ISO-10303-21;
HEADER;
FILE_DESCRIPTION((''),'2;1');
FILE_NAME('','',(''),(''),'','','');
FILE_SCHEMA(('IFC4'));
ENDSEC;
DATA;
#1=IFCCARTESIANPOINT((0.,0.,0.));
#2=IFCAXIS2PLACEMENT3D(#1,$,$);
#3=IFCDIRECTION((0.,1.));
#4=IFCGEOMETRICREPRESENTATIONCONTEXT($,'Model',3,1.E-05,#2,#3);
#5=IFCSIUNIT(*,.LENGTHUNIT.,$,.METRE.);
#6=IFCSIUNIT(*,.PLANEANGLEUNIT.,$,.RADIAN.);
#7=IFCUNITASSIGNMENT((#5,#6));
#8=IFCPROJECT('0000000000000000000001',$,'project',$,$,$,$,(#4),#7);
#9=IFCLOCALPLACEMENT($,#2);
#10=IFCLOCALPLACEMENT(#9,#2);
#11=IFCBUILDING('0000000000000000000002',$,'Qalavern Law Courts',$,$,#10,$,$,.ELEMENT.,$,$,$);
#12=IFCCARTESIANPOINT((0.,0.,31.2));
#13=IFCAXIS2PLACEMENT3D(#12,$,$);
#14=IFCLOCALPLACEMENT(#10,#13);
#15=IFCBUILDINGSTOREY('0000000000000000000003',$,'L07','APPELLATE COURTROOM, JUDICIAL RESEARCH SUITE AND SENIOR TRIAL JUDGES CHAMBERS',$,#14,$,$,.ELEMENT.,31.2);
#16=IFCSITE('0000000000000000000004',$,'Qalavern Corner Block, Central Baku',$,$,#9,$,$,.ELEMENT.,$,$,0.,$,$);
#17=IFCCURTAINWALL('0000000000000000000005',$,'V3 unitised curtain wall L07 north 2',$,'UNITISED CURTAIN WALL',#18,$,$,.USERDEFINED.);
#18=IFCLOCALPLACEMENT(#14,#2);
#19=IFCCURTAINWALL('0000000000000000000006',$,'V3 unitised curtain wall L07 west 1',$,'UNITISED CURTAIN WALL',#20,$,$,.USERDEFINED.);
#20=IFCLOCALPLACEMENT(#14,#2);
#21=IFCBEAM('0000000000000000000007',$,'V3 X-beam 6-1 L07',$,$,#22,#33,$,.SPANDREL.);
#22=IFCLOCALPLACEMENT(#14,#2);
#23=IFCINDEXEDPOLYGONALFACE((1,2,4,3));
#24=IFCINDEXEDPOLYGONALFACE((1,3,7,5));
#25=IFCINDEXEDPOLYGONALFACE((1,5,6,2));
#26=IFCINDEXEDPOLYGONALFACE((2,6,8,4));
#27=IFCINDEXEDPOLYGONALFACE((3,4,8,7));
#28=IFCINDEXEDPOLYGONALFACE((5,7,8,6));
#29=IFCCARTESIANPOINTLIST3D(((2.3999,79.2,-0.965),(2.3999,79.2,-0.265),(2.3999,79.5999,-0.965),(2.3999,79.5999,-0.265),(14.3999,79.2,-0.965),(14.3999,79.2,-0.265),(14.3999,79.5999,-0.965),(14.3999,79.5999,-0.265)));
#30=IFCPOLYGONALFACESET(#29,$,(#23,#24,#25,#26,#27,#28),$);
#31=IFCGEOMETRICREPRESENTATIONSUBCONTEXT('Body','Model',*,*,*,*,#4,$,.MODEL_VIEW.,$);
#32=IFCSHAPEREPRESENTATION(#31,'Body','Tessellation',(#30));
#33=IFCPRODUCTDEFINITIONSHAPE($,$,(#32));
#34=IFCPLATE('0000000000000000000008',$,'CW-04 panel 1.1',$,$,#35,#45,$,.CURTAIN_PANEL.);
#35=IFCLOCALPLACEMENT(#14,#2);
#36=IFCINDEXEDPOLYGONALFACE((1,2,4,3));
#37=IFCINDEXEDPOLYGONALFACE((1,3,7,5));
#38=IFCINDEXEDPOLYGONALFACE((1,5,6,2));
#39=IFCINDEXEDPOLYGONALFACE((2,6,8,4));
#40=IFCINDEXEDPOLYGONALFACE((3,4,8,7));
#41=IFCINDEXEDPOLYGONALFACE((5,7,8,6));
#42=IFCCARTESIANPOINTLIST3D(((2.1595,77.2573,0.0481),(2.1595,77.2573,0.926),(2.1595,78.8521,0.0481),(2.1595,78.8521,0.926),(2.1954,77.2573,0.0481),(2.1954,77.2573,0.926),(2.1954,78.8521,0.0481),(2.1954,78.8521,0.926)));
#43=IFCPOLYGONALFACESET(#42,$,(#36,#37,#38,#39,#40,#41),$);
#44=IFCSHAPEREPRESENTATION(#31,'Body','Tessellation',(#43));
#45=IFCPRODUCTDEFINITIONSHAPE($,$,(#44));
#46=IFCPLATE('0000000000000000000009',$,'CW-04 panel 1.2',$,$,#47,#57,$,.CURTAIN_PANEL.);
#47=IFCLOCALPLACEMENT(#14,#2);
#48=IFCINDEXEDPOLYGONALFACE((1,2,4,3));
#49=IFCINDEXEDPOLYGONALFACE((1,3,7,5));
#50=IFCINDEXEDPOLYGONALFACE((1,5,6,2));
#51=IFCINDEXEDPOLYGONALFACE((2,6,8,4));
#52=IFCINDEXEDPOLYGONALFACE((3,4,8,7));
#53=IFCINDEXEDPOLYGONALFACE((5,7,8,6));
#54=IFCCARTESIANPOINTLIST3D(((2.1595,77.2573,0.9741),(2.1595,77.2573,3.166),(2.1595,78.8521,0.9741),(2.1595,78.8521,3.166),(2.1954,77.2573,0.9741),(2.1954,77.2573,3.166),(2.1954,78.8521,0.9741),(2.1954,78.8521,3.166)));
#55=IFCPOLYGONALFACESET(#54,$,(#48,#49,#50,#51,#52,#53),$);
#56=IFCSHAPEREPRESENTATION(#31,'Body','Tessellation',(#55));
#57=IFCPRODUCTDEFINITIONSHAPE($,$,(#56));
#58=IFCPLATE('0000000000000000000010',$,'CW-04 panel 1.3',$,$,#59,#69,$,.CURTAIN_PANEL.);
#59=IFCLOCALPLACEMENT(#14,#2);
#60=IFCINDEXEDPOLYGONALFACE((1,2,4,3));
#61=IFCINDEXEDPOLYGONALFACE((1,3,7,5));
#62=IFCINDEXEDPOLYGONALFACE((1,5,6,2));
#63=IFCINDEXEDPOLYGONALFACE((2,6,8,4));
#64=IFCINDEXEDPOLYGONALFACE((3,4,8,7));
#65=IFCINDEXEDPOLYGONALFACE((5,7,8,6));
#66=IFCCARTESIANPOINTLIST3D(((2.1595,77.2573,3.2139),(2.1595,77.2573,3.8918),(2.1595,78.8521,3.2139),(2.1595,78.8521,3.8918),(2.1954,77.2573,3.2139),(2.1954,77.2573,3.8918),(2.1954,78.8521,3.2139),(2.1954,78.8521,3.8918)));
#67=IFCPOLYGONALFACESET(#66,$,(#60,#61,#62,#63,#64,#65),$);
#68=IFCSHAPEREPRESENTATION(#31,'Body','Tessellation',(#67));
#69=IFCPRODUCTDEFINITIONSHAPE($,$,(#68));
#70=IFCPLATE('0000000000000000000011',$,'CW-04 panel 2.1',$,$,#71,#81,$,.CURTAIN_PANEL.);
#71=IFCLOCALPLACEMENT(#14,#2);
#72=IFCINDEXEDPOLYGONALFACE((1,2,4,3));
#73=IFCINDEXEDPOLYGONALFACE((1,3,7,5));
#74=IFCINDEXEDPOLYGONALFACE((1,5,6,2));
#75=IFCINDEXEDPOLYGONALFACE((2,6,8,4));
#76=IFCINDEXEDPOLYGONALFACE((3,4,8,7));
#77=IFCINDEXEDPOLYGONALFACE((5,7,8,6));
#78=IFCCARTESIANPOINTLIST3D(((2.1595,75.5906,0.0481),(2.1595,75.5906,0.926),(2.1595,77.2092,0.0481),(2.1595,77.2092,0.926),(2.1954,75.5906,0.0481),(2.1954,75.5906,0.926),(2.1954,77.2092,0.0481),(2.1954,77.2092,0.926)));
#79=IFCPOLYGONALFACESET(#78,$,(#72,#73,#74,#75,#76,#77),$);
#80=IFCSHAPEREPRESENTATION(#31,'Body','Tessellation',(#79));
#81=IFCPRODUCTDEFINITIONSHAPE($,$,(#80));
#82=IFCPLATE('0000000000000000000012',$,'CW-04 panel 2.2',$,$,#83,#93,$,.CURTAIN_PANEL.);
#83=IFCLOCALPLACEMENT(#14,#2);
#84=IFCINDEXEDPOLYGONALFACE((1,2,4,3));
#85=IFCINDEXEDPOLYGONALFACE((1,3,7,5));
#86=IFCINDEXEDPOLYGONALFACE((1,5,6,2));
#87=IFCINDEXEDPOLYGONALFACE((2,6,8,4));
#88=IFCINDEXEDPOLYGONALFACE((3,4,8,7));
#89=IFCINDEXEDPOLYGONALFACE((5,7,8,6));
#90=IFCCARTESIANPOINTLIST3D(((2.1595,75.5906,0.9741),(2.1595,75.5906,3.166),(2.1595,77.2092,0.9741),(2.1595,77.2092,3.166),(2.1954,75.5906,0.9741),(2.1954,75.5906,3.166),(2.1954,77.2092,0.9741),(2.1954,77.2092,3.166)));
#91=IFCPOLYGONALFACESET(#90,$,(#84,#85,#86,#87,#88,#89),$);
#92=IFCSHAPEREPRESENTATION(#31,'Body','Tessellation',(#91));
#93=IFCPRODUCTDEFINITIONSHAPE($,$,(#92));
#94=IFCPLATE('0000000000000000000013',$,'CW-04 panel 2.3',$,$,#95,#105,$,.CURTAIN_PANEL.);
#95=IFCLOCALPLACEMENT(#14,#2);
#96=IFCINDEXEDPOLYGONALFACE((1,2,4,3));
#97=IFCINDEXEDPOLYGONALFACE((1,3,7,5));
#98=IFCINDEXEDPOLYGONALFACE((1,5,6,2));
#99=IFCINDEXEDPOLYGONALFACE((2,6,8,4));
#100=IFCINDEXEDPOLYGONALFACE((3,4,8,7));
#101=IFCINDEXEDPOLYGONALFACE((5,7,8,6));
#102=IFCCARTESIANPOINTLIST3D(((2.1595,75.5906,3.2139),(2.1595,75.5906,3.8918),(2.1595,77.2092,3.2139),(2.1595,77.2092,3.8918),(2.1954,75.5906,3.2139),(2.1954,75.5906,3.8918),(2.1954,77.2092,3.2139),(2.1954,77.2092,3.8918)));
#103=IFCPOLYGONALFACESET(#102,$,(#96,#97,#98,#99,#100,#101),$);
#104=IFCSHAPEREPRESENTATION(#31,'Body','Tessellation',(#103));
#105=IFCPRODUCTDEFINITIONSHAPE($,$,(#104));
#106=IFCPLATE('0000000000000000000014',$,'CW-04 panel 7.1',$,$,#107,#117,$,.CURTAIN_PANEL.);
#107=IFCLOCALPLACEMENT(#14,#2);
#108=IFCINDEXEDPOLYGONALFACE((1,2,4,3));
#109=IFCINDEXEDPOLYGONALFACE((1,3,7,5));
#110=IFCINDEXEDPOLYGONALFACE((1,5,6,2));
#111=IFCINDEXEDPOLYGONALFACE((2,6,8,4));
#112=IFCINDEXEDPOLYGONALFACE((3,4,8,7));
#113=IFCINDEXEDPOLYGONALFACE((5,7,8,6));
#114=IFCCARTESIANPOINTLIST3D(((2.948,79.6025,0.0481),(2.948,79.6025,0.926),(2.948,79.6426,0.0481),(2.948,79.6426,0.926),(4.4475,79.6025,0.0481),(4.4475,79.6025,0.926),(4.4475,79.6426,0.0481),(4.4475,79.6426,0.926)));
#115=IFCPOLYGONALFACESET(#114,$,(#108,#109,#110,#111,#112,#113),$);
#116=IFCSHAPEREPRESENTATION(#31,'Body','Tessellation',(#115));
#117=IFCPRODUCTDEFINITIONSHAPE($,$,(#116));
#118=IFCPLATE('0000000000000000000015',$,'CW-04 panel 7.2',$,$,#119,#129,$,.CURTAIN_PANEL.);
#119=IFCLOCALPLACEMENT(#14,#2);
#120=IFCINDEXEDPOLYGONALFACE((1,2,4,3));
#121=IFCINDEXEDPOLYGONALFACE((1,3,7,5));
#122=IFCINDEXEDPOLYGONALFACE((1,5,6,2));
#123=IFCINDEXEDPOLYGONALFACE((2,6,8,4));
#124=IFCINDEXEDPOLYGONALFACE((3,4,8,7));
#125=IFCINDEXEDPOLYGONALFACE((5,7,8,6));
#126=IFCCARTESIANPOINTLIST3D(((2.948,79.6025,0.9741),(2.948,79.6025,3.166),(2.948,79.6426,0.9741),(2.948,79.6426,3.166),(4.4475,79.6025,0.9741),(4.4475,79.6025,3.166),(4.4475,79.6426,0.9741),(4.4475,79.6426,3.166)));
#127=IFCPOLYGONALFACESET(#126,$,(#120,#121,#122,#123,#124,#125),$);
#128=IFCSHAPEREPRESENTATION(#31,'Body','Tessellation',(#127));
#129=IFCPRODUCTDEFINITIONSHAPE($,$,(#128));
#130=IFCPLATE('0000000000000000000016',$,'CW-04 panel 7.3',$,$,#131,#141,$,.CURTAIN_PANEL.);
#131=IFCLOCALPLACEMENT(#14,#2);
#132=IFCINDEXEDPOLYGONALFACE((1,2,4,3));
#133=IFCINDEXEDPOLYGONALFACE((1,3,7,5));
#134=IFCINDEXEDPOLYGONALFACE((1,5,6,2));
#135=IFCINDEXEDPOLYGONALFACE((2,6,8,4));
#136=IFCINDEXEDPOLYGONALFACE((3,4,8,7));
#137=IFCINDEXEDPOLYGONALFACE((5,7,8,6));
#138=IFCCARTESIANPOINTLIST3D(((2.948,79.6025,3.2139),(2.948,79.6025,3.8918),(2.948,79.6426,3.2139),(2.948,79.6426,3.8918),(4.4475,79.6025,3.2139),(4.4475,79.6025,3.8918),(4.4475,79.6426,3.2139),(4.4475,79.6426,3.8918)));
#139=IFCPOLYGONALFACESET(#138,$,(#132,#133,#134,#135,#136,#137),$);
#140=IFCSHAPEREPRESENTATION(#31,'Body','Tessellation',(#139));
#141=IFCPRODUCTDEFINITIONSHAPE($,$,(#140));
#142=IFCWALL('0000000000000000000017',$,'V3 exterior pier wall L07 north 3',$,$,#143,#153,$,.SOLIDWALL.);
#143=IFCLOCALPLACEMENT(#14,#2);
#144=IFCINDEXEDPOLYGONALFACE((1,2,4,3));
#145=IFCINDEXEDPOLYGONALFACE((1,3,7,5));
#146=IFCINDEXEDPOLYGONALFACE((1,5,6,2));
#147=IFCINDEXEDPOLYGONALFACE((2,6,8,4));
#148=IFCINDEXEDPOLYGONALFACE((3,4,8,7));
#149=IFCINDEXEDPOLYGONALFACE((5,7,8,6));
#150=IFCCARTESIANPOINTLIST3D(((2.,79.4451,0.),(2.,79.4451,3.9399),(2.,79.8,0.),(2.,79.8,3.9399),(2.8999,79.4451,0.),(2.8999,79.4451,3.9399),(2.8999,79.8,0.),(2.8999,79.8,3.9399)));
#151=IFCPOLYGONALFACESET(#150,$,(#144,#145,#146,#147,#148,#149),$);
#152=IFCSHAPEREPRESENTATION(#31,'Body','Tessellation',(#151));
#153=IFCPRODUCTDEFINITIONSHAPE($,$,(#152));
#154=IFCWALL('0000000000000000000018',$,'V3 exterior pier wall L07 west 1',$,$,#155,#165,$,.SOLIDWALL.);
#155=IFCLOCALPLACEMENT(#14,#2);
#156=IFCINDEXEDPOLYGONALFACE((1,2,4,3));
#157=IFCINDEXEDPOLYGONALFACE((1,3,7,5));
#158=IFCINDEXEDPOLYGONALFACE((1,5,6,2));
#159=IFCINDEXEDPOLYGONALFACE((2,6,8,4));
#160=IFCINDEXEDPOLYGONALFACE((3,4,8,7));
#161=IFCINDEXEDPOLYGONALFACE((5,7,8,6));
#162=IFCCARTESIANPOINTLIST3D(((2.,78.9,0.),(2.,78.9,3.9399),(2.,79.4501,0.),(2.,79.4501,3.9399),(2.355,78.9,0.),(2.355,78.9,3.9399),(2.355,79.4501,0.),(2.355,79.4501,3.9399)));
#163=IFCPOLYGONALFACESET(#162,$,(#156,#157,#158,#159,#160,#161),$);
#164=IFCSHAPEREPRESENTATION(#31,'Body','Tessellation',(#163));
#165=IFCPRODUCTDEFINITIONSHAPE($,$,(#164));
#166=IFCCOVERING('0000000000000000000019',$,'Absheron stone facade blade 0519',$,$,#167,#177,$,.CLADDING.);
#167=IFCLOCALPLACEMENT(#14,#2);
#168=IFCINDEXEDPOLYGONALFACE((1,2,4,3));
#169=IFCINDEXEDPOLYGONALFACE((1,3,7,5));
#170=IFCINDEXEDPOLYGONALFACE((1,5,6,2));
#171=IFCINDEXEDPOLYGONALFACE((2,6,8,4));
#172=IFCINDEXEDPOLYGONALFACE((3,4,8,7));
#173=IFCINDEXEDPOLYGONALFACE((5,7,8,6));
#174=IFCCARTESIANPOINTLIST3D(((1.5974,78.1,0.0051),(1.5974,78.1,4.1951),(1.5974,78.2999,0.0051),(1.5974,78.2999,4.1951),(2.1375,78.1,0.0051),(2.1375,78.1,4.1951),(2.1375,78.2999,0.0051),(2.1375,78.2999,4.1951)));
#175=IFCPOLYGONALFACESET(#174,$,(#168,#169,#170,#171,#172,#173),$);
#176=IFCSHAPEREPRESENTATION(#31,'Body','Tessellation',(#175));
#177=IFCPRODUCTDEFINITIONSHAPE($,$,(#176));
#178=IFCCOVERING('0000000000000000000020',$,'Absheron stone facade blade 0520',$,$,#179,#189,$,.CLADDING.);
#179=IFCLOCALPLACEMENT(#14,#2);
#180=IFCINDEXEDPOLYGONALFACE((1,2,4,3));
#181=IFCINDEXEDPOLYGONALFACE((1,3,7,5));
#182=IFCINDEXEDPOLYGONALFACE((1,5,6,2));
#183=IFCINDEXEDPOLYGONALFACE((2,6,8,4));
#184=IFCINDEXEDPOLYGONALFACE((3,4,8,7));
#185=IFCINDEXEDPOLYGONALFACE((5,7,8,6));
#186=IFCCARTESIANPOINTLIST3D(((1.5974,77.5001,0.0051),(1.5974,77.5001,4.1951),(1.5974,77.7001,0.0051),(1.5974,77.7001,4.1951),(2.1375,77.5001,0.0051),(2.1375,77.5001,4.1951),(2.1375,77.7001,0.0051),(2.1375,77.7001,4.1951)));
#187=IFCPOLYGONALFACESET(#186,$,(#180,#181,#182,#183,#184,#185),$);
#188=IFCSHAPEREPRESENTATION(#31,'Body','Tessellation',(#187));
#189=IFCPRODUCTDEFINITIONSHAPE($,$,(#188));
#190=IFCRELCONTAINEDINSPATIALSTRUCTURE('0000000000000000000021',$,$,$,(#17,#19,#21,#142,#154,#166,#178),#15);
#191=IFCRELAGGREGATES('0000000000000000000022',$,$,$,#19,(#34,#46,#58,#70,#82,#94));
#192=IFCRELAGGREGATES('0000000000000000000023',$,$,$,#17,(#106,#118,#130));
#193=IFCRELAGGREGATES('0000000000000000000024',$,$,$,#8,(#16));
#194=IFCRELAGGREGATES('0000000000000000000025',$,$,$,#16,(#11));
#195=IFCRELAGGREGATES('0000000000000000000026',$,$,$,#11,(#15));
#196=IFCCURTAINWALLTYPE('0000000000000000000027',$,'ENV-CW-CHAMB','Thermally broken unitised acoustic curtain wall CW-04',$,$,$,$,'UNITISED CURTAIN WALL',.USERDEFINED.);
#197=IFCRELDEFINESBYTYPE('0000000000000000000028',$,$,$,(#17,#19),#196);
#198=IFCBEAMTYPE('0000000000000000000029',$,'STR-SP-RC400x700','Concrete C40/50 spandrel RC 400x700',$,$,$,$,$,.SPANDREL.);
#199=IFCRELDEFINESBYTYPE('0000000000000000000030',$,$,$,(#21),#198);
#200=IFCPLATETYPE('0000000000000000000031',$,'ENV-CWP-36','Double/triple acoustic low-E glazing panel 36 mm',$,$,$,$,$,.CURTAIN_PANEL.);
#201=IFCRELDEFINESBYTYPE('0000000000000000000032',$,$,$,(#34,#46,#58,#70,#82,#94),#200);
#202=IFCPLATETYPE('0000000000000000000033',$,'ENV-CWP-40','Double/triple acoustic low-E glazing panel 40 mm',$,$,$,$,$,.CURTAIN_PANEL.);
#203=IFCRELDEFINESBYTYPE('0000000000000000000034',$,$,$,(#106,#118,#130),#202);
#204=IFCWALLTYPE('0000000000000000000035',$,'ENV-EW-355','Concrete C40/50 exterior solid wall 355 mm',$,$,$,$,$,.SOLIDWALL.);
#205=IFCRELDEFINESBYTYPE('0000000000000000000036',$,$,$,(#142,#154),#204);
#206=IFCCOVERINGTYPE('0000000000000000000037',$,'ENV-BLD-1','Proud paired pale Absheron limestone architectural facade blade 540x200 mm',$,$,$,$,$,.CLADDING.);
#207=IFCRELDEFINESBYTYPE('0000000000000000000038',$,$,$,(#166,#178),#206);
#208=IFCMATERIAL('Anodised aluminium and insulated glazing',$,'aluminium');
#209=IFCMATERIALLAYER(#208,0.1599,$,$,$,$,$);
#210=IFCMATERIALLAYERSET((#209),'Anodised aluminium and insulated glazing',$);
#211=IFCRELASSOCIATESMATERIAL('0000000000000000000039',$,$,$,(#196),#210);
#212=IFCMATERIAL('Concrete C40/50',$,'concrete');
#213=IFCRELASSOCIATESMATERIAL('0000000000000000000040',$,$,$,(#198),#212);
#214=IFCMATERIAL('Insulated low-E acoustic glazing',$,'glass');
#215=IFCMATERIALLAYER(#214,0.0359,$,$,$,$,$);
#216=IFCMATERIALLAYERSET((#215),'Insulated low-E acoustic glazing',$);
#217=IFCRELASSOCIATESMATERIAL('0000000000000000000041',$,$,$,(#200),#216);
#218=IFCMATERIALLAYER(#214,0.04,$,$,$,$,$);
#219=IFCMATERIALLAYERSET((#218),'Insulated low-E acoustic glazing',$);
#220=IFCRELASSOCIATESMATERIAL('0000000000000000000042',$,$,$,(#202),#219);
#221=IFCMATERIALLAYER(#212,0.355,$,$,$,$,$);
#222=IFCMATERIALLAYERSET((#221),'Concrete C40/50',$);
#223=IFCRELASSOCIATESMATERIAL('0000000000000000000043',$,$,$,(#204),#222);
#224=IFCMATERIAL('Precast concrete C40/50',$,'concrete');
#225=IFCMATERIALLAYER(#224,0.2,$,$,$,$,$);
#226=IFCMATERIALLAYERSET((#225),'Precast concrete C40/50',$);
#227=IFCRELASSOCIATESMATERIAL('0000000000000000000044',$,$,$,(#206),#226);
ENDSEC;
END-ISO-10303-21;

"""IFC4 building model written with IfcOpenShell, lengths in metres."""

from ifc_helpers import new_model, si_unit, direction, frame, frame_2d, origin, origin_2d, place, context, subcontext, project, spatial, rectangle, extrude, material, layer, layer_set, material_profile, profile_set, type_object, element, aggregate, save


model = new_model("IFC4")

# Units and contexts
model_context = context("Model", 3, precision=1e-05, world=origin(), true_north=direction((0.0, 1.0)))
body_context = subcontext(model_context, "Body", "Model", "MODEL_VIEW")
ifc_project = project(units=[si_unit("LENGTHUNIT", "METRE"), si_unit("PLANEANGLEUNIT", "RADIAN")], contexts=[model_context])

# Site, building, storey
site_placement = place(None, origin())
site = spatial("IfcSite", under=ifc_project, at=site_placement, Name="Qalavern Corner Block, Central Baku", CompositionType="ELEMENT", RefElevation=0.0)
building_placement = place(site_placement, origin())
building = spatial("IfcBuilding", under=site, at=building_placement, Name="Qalavern Law Courts", CompositionType="ELEMENT")
storey_placement = place(building_placement, frame((0.0, 0.0, 31.2)))
storey = spatial("IfcBuildingStorey", under=building, at=storey_placement, Name="L07", Description="APPELLATE COURTROOM, JUDICIAL RESEARCH SUITE AND SENIOR TRIAL JUDGES CHAMBERS", CompositionType="ELEMENT", Elevation=31.2)

# Curtain wall
ifc_material_1 = material(Name="Anodised aluminium and insulated glazing", Category="aluminium")
ifc_layer_1 = layer(ifc_material_1, 0.1599)
ifc_layer_set_1 = layer_set([ifc_layer_1], Name="Anodised aluminium and insulated glazing")
curtain_wall_type = type_object("IfcCurtainWallType", Name="ENV-CW-CHAMB", Description="Thermally broken unitised acoustic curtain wall CW-04", ElementType="UNITISED CURTAIN WALL", PredefinedType="USERDEFINED", material=ifc_layer_set_1)
curtain_wall_1_placement = place(storey_placement, origin())
curtain_wall_1 = element("IfcCurtainWall", 1, at=curtain_wall_1_placement, inside=storey, type_object=curtain_wall_type, Name="V3 unitised curtain wall L07 north 2", ObjectType="UNITISED CURTAIN WALL", PredefinedType="USERDEFINED")

# Curtain wall
curtain_wall_2_placement = place(storey_placement, origin())
curtain_wall_2 = element("IfcCurtainWall", 2, at=curtain_wall_2_placement, inside=storey, type_object=curtain_wall_type, Name="V3 unitised curtain wall L07 west 1", ObjectType="UNITISED CURTAIN WALL", PredefinedType="USERDEFINED")

# Beam
ifc_material_2 = material(Name="Concrete C40/50", Category="concrete")
ifc_material_profile_1 = material_profile(ifc_material_2, rectangle(XDim=0.3999, YDim=0.7, at=origin_2d()), Name="RC 400x700")
ifc_profile_set_1 = profile_set([ifc_material_profile_1], Name="Concrete C40/50")
beam_type_1 = type_object("IfcBeamType", Name="STR-SP-RC400x700", Description="Concrete C40/50 spandrel RC 400x700", PredefinedType="SPANDREL", material=ifc_profile_set_1)
beam_1_placement = place(storey_placement, frame((2.3999, 79.3999, -0.615), z_axis=(1.0, 0.0, 0.0), x_axis=(0.0, 1.0, 0.0)))
element("IfcBeam", 3, at=beam_1_placement, inside=storey, type_object=beam_type_1, Name="V3 X-beam 6-1 L07", PredefinedType="SPANDREL", context=body_context, shape_type="SweptSolid", body=[
    extrude(rectangle(XDim=0.3999, YDim=0.7, at=origin_2d()), origin(), (0.0, 0.0, 1.0), 12.0),
])

# Plates
ifc_material_3 = material(Name="Insulated low-E acoustic glazing", Category="glass")
ifc_layer_2 = layer(ifc_material_3, 0.0359)
ifc_layer_set_2 = layer_set([ifc_layer_2], Name="Insulated low-E acoustic glazing")
plate_type_1 = type_object("IfcPlateType", Name="ENV-CWP-36", Description="Double/triple acoustic low-E glazing panel 36 mm", PredefinedType="CURTAIN_PANEL", material=ifc_layer_set_2)
plate_1_placement = place(storey_placement, frame((2.1775, 78.0547, 0.0481), z_axis=(0.0, 0.0, 1.0), x_axis=(0.0, -1.0, 0.0)))
plate_1 = element("IfcPlate", 4, at=plate_1_placement, type_object=plate_type_1, Name="CW-04 panel 1.1", PredefinedType="CURTAIN_PANEL", context=body_context, shape_type="SweptSolid", body=[
    extrude(rectangle(XDim=1.5947, YDim=0.0359, at=origin_2d()), origin(), (0.0, 0.0, 1.0), 0.8779),
])
plate_2_placement = place(storey_placement, frame((2.1775, 78.0547, 0.9741), z_axis=(0.0, 0.0, 1.0), x_axis=(0.0, -1.0, 0.0)))
plate_2 = element("IfcPlate", 5, at=plate_2_placement, type_object=plate_type_1, Name="CW-04 panel 1.2", PredefinedType="CURTAIN_PANEL", context=body_context, shape_type="SweptSolid", body=[
    extrude(rectangle(XDim=1.5947, YDim=0.0359, at=origin_2d()), origin(), (0.0, 0.0, 1.0), 2.1919),
])
plate_3_placement = place(storey_placement, frame((2.1775, 78.0547, 3.2139), z_axis=(0.0, 0.0, 1.0), x_axis=(0.0, -1.0, 0.0)))
plate_3 = element("IfcPlate", 6, at=plate_3_placement, type_object=plate_type_1, Name="CW-04 panel 1.3", PredefinedType="CURTAIN_PANEL", context=body_context, shape_type="SweptSolid", body=[
    extrude(rectangle(XDim=1.5947, YDim=0.0359, at=origin_2d()), origin(), (0.0, 0.0, 1.0), 0.678),
])
plate_4_placement = place(storey_placement, frame((2.1775, 76.3999, 0.0481), z_axis=(0.0, 0.0, 1.0), x_axis=(0.0, -1.0, 0.0)))
plate_4 = element("IfcPlate", 7, at=plate_4_placement, type_object=plate_type_1, Name="CW-04 panel 2.1", PredefinedType="CURTAIN_PANEL", context=body_context, shape_type="SweptSolid", body=[
    extrude(rectangle(XDim=1.6187, YDim=0.0359, at=origin_2d()), origin(), (0.0, 0.0, 1.0), 0.8779),
])
plate_5_placement = place(storey_placement, frame((2.1775, 76.3999, 0.9741), z_axis=(0.0, 0.0, 1.0), x_axis=(0.0, -1.0, 0.0)))
plate_5 = element("IfcPlate", 8, at=plate_5_placement, type_object=plate_type_1, Name="CW-04 panel 2.2", PredefinedType="CURTAIN_PANEL", context=body_context, shape_type="SweptSolid", body=[
    extrude(rectangle(XDim=1.6187, YDim=0.0359, at=origin_2d()), origin(), (0.0, 0.0, 1.0), 2.1919),
])
plate_6_placement = place(storey_placement, frame((2.1775, 76.3999, 3.2139), z_axis=(0.0, 0.0, 1.0), x_axis=(0.0, -1.0, 0.0)))
plate_6 = element("IfcPlate", 9, at=plate_6_placement, type_object=plate_type_1, Name="CW-04 panel 2.3", PredefinedType="CURTAIN_PANEL", context=body_context, shape_type="SweptSolid", body=[
    extrude(rectangle(XDim=1.6187, YDim=0.0359, at=origin_2d()), origin(), (0.0, 0.0, 1.0), 0.678),
])
aggregate(curtain_wall_2, [plate_1, plate_2, plate_3, plate_4, plate_5, plate_6])
ifc_layer_3 = layer(ifc_material_3, 0.04)
ifc_layer_set_3 = layer_set([ifc_layer_3], Name="Insulated low-E acoustic glazing")
plate_type_2 = type_object("IfcPlateType", Name="ENV-CWP-40", Description="Double/triple acoustic low-E glazing panel 40 mm", PredefinedType="CURTAIN_PANEL", material=ifc_layer_set_3)
plate_7_placement = place(storey_placement, frame((3.6978, 79.6226, 0.0481), z_axis=(0.0, 0.0, 1.0), x_axis=(-1.0, 0.0, 0.0)))
plate_7 = element("IfcPlate", 10, at=plate_7_placement, type_object=plate_type_2, Name="CW-04 panel 7.1", PredefinedType="CURTAIN_PANEL", context=body_context, shape_type="SweptSolid", body=[
    extrude(rectangle(XDim=1.4995, YDim=0.04, at=origin_2d()), origin(), (0.0, 0.0, 1.0), 0.8779),
])
plate_8_placement = place(storey_placement, frame((3.6978, 79.6226, 0.9741), z_axis=(0.0, 0.0, 1.0), x_axis=(-1.0, 0.0, 0.0)))
plate_8 = element("IfcPlate", 11, at=plate_8_placement, type_object=plate_type_2, Name="CW-04 panel 7.2", PredefinedType="CURTAIN_PANEL", context=body_context, shape_type="SweptSolid", body=[
    extrude(rectangle(XDim=1.4995, YDim=0.04, at=origin_2d()), origin(), (0.0, 0.0, 1.0), 2.1919),
])
plate_9_placement = place(storey_placement, frame((3.6978, 79.6226, 3.2139), z_axis=(0.0, 0.0, 1.0), x_axis=(-1.0, 0.0, 0.0)))
plate_9 = element("IfcPlate", 12, at=plate_9_placement, type_object=plate_type_2, Name="CW-04 panel 7.3", PredefinedType="CURTAIN_PANEL", context=body_context, shape_type="SweptSolid", body=[
    extrude(rectangle(XDim=1.4995, YDim=0.04, at=origin_2d()), origin(), (0.0, 0.0, 1.0), 0.678),
])
aggregate(curtain_wall_1, [plate_7, plate_8, plate_9])

# Walls
ifc_layer_4 = layer(ifc_material_2, 0.355)
ifc_layer_set_4 = layer_set([ifc_layer_4], Name="Concrete C40/50")
wall_type = type_object("IfcWallType", Name="ENV-EW-355", Description="Concrete C40/50 exterior solid wall 355 mm", PredefinedType="SOLIDWALL", material=ifc_layer_set_4)
wall_1_placement = place(storey_placement, frame((2.8999, 79.6226, 0.0), z_axis=(0.0, 0.0, 1.0), x_axis=(-1.0, 0.0, 0.0)))
element("IfcWall", 13, at=wall_1_placement, inside=storey, type_object=wall_type, Name="V3 exterior pier wall L07 north 3", PredefinedType="SOLIDWALL", context=body_context, shape_type="SweptSolid", body=[
    extrude(rectangle(XDim=0.8999, YDim=0.355, at=frame_2d((0.45, 0.0))), origin(), (0.0, 0.0, 1.0), 3.9399),
])
wall_2_placement = place(storey_placement, frame((2.1775, 79.45, 0.0), z_axis=(0.0, 0.0, 1.0), x_axis=(0.0, -1.0, 0.0)))
element("IfcWall", 14, at=wall_2_placement, inside=storey, type_object=wall_type, Name="V3 exterior pier wall L07 west 1", PredefinedType="SOLIDWALL", context=body_context, shape_type="SweptSolid", body=[
    extrude(rectangle(XDim=0.55, YDim=0.355, at=frame_2d((0.2749, 0.0))), origin(), (0.0, 0.0, 1.0), 3.9399),
])

# Coverings
ifc_material_4 = material(Name="Precast concrete C40/50", Category="concrete")
ifc_layer_5 = layer(ifc_material_4, 0.2)
ifc_layer_set_5 = layer_set([ifc_layer_5], Name="Precast concrete C40/50")
covering_type_1 = type_object("IfcCoveringType", Name="ENV-BLD-1", Description="Proud paired pale Absheron limestone architectural facade blade 540x200 mm", PredefinedType="CLADDING", material=ifc_layer_set_5)
for number, where, z_axis, x_axis, name in (
    (15, (1.8674, 78.2, 0.0051), (0.0, 0.0, 1.0), (-1.0, 0.0, 0.0), "Absheron stone facade blade 0519"),
    (16, (1.8674, 77.6001, 0.0051), (0.0, 0.0, 1.0), (-1.0, 0.0, 0.0), "Absheron stone facade blade 0520"),
):
    element("IfcCovering", number, at=place(storey_placement, frame(where, z_axis=z_axis, x_axis=x_axis)), inside=storey, type_object=covering_type_1, Name=name, PredefinedType="CLADDING", context=body_context, shape_type="SweptSolid", body=[
        extrude(rectangle(XDim=0.54, YDim=0.2, at=origin_2d()), origin(), (0.0, 0.0, 1.0), 4.1899),
    ])

save(model, "model.ifc")
